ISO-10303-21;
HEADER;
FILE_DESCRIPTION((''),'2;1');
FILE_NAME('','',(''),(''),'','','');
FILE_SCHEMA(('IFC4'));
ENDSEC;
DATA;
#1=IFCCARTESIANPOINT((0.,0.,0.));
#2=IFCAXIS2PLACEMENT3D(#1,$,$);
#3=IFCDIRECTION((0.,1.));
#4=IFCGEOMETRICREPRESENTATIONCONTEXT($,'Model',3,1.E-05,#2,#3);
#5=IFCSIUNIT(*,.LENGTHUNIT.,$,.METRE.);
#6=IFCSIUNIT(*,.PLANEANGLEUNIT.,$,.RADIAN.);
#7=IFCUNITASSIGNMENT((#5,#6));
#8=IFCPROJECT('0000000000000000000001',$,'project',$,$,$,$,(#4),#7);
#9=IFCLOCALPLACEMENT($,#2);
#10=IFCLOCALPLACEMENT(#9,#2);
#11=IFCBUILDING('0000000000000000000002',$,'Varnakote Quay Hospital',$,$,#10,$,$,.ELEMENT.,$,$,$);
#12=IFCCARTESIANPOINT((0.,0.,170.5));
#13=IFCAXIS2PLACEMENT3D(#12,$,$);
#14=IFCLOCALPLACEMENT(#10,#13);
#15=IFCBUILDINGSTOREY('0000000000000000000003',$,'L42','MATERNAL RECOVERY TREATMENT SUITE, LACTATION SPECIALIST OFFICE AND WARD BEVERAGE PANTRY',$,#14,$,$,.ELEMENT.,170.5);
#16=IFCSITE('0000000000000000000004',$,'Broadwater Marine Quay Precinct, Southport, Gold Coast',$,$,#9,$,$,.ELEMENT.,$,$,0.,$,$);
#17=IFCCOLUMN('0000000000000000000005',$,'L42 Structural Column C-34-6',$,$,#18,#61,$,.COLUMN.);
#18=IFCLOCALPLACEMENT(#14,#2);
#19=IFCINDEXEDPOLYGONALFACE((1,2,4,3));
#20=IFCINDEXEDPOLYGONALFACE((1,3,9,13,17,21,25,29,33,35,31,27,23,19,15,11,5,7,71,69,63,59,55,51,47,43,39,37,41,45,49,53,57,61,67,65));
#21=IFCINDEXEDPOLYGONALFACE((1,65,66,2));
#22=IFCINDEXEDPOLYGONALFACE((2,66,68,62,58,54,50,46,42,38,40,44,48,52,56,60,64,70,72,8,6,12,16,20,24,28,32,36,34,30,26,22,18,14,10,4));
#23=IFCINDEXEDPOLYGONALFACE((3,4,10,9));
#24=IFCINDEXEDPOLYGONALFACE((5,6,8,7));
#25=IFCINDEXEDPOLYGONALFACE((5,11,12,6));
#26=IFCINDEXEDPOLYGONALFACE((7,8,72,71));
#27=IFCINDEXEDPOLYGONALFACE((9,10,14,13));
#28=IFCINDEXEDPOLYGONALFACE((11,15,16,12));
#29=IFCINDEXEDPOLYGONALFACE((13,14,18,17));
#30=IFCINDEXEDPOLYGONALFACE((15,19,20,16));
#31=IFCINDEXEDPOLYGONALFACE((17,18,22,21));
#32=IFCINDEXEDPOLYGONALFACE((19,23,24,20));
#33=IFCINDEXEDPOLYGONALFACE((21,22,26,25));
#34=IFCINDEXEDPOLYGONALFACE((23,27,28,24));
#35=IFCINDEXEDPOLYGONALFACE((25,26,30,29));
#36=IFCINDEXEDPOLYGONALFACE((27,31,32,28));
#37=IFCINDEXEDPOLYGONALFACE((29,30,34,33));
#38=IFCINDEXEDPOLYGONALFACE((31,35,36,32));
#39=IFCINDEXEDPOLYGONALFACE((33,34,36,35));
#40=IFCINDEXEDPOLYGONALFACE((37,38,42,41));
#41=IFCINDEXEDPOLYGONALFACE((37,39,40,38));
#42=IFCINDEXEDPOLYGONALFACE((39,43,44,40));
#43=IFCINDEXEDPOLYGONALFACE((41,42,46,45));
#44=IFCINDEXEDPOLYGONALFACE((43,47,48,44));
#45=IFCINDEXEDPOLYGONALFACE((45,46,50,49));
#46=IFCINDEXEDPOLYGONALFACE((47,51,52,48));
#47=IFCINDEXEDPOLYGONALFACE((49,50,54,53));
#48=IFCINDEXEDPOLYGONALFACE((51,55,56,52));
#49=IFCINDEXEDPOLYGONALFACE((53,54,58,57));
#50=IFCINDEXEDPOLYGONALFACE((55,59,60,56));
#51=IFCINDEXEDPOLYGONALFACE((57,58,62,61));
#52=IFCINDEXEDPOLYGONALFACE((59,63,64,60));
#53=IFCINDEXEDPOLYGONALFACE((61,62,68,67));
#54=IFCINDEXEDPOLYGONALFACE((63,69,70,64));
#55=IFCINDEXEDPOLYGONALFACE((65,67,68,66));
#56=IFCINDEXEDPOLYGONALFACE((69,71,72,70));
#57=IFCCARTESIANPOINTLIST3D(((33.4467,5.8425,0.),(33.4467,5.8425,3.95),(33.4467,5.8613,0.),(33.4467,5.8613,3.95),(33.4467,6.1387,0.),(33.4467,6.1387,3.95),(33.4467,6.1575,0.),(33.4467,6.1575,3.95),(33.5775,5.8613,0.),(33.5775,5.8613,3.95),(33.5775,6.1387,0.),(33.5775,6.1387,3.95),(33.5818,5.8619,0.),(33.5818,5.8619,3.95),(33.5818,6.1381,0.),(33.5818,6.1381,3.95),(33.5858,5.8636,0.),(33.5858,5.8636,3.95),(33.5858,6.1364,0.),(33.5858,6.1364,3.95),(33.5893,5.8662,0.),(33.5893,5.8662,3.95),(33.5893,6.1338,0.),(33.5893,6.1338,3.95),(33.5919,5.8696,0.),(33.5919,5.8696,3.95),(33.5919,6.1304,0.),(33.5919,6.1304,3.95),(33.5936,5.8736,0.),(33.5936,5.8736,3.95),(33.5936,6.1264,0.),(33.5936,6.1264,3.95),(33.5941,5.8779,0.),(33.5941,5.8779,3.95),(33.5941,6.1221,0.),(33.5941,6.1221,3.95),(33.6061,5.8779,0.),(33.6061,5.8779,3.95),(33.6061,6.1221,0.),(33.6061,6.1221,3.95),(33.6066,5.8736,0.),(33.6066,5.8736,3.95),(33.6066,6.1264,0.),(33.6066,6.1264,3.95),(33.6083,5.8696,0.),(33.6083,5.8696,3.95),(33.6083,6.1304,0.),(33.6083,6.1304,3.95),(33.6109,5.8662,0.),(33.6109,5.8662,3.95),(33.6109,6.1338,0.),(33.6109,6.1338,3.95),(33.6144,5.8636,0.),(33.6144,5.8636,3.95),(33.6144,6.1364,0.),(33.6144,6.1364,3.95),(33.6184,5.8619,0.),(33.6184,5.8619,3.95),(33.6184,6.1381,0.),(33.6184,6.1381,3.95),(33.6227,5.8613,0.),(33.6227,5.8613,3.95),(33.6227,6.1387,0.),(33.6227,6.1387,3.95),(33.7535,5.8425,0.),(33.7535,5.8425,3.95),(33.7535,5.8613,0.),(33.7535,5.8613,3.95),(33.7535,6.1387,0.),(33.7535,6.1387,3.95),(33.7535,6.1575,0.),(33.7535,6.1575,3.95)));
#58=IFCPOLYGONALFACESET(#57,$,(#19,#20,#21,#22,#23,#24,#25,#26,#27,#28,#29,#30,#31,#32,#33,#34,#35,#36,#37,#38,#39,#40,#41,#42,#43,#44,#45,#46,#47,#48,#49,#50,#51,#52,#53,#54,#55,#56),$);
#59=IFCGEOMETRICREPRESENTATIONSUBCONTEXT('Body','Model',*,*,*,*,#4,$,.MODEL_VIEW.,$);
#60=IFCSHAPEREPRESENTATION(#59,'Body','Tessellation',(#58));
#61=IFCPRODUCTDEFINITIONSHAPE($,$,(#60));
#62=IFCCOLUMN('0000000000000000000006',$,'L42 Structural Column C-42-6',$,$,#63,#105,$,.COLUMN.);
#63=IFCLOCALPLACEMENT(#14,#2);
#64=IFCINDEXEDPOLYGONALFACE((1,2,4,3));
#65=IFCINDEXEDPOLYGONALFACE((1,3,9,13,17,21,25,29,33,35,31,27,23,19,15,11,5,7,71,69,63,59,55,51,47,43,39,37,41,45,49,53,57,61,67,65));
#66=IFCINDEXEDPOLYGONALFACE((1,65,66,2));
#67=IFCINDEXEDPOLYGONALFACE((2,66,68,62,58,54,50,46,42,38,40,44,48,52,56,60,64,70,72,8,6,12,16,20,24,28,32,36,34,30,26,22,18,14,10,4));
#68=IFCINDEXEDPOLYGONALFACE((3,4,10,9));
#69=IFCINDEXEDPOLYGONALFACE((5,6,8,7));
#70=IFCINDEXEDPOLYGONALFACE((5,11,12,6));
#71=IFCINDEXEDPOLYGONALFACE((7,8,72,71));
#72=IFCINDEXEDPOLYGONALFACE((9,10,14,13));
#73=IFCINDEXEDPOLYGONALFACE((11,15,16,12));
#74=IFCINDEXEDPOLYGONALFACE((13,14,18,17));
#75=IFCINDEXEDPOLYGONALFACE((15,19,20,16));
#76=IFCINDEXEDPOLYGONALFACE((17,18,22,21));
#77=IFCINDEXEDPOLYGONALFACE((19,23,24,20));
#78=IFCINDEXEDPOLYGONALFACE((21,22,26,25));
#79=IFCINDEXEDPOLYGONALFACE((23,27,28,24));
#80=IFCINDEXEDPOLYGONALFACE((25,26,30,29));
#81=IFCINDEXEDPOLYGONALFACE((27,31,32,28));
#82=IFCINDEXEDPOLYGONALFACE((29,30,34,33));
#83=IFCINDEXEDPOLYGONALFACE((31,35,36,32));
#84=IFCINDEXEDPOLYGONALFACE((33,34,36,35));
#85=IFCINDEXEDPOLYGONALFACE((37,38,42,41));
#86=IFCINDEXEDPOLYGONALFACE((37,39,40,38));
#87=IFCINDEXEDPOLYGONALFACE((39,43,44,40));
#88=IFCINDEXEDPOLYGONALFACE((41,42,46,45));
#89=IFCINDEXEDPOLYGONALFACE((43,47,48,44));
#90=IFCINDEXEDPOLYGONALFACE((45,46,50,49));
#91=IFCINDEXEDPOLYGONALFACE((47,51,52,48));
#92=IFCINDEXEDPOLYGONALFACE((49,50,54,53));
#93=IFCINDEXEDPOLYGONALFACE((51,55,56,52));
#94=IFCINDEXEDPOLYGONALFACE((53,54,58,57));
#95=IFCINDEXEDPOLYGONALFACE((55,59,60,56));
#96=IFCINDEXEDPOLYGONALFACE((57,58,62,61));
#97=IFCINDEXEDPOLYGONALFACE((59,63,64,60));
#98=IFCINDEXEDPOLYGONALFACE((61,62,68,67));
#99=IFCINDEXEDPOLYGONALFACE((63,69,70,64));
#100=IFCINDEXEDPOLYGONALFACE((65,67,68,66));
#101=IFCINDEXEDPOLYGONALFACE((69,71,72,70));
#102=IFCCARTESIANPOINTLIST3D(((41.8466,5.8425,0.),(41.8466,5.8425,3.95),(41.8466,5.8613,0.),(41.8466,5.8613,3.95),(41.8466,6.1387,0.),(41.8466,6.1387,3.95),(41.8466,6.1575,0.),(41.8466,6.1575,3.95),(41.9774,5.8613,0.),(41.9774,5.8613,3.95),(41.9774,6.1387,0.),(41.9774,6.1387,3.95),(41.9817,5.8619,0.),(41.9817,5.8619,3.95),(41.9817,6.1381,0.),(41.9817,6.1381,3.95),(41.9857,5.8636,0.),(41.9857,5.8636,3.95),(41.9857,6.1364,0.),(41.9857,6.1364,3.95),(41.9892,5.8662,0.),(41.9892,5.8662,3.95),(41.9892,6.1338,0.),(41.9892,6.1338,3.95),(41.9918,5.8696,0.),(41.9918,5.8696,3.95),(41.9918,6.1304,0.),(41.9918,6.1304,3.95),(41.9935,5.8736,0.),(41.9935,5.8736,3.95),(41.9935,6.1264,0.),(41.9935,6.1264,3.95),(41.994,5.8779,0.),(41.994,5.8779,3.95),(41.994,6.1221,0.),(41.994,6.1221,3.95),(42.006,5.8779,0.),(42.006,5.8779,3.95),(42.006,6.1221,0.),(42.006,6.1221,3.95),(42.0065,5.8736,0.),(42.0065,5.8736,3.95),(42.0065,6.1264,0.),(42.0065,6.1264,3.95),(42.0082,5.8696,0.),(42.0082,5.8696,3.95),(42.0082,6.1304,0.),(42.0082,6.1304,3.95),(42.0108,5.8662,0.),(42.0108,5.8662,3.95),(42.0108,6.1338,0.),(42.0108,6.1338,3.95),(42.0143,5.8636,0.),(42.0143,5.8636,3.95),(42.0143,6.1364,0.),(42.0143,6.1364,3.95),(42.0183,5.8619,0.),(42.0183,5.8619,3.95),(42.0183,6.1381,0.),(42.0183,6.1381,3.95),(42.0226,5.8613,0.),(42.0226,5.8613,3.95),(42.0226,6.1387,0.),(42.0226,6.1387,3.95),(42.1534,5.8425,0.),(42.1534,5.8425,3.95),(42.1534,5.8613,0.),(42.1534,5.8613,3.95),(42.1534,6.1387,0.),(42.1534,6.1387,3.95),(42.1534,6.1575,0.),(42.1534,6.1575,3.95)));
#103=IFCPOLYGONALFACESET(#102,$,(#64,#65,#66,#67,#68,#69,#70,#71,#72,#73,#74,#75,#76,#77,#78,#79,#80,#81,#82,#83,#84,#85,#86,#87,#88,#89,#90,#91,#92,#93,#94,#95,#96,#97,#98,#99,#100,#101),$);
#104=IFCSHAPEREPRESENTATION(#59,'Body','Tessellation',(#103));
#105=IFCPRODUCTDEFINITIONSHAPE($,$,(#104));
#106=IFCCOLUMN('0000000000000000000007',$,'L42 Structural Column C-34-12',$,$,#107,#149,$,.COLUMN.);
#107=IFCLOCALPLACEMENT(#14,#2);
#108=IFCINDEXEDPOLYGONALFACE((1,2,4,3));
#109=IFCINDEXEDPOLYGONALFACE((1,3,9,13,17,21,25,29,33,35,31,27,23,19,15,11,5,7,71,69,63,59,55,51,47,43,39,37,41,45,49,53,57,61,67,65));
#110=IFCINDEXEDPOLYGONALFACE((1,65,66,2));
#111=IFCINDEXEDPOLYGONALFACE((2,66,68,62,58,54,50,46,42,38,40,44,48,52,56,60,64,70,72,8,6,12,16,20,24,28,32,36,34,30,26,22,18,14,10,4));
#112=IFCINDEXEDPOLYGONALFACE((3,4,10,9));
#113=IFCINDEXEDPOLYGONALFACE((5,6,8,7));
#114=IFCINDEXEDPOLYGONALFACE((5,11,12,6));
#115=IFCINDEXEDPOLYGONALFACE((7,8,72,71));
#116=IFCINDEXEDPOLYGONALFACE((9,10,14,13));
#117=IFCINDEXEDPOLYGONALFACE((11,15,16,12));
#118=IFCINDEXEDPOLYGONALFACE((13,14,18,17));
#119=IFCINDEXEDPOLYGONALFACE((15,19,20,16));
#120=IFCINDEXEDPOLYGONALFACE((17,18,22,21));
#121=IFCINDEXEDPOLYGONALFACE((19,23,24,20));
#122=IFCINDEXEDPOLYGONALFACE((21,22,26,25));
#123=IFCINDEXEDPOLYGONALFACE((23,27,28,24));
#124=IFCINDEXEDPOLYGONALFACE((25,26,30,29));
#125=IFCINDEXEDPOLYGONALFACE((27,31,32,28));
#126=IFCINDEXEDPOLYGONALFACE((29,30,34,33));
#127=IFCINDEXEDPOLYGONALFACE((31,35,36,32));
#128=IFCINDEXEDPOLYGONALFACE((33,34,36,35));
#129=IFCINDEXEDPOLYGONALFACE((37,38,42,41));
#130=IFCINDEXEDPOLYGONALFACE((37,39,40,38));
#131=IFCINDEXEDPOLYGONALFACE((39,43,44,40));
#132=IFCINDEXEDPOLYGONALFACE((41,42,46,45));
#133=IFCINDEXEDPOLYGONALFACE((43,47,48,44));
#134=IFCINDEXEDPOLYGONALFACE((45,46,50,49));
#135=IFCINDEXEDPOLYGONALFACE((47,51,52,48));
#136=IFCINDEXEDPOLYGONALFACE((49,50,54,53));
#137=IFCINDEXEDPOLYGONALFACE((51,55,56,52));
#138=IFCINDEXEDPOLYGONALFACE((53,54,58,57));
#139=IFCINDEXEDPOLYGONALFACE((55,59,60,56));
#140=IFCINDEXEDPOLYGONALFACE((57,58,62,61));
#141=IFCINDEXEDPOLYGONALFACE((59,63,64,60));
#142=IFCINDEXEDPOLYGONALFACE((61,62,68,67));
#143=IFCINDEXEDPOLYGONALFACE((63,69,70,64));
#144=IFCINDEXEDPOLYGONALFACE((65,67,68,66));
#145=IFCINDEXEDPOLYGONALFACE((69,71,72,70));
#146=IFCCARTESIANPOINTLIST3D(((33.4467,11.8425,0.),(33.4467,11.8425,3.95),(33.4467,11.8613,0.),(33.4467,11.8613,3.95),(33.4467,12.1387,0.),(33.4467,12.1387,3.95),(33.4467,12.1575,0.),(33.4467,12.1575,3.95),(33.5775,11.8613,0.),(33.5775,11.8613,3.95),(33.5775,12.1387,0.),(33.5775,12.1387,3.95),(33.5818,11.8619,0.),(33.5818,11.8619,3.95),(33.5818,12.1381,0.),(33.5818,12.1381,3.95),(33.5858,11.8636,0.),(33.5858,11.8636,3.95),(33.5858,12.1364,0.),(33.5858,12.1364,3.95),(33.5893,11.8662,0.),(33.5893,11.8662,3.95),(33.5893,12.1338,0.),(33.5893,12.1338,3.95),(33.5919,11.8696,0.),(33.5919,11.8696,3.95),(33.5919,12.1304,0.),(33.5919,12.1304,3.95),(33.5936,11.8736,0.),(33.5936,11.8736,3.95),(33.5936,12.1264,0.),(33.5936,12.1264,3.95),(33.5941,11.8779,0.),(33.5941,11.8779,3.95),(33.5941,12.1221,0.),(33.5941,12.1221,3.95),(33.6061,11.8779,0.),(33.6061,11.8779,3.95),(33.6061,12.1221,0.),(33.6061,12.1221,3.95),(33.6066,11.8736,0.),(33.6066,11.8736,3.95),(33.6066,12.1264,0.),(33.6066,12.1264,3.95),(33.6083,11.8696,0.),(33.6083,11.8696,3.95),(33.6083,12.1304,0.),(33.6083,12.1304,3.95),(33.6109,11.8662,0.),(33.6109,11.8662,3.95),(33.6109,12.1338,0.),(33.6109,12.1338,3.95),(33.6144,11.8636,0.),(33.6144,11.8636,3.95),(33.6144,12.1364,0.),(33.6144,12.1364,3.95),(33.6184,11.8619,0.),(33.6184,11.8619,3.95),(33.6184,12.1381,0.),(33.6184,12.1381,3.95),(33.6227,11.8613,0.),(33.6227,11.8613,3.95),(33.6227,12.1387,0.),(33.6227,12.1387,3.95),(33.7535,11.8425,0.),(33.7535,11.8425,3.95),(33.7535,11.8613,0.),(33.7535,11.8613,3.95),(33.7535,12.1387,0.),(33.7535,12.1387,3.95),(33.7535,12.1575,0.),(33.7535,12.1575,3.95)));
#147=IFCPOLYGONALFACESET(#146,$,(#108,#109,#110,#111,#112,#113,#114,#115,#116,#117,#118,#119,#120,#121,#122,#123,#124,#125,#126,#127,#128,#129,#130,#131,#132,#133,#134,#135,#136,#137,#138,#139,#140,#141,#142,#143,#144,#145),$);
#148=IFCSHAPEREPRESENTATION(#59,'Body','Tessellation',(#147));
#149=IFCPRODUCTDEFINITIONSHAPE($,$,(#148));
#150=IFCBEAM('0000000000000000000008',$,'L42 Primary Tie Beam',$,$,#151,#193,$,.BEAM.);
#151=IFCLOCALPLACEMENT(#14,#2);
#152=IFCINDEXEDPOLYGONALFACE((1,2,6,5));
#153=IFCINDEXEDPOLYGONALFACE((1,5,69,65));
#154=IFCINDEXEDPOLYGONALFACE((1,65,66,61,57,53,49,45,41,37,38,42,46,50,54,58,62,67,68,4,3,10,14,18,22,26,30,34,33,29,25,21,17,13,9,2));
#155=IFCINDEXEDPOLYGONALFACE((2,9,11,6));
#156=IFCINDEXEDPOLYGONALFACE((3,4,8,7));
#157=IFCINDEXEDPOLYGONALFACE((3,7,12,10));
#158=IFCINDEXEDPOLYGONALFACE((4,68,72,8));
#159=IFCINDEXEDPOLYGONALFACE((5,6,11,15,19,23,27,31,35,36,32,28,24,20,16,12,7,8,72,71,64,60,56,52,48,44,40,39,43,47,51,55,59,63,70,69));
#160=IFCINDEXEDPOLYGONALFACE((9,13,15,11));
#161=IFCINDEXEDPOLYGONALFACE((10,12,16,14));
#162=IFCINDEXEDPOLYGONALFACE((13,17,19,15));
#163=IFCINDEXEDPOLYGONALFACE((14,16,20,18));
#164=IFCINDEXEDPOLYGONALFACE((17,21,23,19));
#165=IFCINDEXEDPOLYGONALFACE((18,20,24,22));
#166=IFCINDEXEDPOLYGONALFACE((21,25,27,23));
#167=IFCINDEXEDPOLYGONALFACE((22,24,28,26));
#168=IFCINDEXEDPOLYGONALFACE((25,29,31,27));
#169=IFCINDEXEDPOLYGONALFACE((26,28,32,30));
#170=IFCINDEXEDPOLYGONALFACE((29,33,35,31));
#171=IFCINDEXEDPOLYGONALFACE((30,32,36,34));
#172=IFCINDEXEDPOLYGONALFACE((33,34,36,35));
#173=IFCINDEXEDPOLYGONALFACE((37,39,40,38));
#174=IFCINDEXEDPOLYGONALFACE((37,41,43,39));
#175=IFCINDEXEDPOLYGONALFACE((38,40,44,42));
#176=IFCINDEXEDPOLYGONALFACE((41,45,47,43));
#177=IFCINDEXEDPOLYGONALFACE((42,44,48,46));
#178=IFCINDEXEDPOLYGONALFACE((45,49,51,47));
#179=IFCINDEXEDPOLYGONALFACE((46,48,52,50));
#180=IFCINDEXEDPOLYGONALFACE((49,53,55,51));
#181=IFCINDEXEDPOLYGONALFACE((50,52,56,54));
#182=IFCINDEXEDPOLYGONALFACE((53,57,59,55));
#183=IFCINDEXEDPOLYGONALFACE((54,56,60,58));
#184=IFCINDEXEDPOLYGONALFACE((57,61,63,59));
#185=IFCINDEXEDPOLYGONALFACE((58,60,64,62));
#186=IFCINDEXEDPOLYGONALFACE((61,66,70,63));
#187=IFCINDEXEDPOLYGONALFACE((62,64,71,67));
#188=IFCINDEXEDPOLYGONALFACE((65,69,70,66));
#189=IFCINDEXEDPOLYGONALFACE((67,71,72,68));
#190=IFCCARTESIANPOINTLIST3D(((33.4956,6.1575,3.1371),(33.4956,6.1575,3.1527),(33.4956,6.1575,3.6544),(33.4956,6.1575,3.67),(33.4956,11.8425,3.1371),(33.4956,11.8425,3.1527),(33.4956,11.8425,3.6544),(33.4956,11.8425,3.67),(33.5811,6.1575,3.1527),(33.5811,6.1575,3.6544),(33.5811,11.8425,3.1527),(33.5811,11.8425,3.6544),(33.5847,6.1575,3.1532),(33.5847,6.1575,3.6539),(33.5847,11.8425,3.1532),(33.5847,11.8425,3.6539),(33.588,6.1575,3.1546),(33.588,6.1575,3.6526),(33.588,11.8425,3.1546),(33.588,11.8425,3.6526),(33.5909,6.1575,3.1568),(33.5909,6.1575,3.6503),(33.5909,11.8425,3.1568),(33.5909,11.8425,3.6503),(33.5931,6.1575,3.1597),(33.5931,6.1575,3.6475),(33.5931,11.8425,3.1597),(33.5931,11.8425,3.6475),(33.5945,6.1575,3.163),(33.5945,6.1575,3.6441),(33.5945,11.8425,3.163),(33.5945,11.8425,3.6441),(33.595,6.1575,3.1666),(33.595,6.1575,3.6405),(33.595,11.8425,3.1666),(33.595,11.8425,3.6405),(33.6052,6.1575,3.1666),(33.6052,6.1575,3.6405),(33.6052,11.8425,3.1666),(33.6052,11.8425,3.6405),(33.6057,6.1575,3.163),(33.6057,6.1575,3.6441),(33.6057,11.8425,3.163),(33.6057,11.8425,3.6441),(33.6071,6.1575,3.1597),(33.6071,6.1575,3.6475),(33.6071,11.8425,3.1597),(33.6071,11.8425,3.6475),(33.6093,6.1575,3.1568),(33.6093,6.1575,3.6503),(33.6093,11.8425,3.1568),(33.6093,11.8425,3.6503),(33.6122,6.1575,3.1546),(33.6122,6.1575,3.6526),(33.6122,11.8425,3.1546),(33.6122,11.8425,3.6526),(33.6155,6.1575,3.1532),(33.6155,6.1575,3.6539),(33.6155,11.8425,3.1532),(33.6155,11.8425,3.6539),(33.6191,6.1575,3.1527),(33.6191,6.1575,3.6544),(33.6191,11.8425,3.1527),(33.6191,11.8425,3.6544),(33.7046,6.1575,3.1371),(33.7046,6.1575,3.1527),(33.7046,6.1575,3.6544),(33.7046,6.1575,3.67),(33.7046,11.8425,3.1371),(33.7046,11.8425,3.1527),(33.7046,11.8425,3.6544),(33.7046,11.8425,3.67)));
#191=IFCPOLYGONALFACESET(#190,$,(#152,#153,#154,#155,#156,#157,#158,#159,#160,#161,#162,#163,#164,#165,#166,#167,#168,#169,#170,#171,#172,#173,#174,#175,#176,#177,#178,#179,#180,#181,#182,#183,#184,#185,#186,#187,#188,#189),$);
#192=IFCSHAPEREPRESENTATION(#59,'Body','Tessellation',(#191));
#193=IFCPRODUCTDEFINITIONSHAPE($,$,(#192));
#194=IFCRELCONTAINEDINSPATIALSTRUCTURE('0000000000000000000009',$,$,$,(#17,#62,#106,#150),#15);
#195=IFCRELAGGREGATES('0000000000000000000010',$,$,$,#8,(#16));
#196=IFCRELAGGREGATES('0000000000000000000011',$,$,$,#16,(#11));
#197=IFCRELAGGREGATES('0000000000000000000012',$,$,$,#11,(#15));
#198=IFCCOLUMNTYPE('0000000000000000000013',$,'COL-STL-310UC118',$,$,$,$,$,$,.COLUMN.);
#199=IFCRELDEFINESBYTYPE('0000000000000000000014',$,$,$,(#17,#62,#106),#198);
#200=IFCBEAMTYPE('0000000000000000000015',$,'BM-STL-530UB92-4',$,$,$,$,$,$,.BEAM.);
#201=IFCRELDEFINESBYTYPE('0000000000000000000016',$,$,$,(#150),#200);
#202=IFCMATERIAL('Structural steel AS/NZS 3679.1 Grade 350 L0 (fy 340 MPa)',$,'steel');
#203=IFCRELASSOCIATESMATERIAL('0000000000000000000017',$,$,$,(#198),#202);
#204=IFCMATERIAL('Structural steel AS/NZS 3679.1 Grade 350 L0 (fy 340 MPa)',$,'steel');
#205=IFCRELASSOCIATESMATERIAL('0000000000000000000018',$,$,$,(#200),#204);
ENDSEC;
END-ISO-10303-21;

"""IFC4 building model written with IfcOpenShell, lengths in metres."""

from ifc_helpers import new_model, si_unit, direction, frame, origin, origin_2d, place, context, subcontext, project, spatial, i_section, extrude, material, material_profile, profile_set, type_object, element, save


model = new_model("IFC4")

# Units and contexts
model_context = context("Model", 3, precision=1e-05, world=origin(), true_north=direction((0.0, 1.0)))
body_context = subcontext(model_context, "Body", "Model", "MODEL_VIEW")
ifc_project = project(units=[si_unit("LENGTHUNIT", "METRE"), si_unit("PLANEANGLEUNIT", "RADIAN")], contexts=[model_context])

# Site, building, storey
site_placement = place(None, origin())
site = spatial("IfcSite", under=ifc_project, at=site_placement, Name="Broadwater Marine Quay Precinct, Southport, Gold Coast", CompositionType="ELEMENT", RefElevation=0.0)
building_placement = place(site_placement, origin())
building = spatial("IfcBuilding", under=site, at=building_placement, Name="Varnakote Quay Hospital", CompositionType="ELEMENT")
storey_placement = place(building_placement, frame((0.0, 0.0, 170.5)))
storey = spatial("IfcBuildingStorey", under=building, at=storey_placement, Name="L42", Description="MATERNAL RECOVERY TREATMENT SUITE, LACTATION SPECIALIST OFFICE AND WARD BEVERAGE PANTRY", CompositionType="ELEMENT", Elevation=170.5)

# Columns
ifc_material_1 = material(Name="Structural steel AS/NZS 3679.1 Grade 350 L0 (fy 340 MPa)", Category="steel")
ifc_material_profile_1 = material_profile(ifc_material_1, i_section(OverallWidth=0.3069, OverallDepth=0.3149, WebThickness=0.012, FlangeThickness=0.0188, FilletRadius=0.0166, at=origin_2d()), Name="310UC118")
ifc_profile_set_1 = profile_set([ifc_material_profile_1], Name="Structural steel AS/NZS 3679.1 Grade 350 L0 (fy 340 MPa)")
column_type = type_object("IfcColumnType", Name="COL-STL-310UC118", PredefinedType="COLUMN", material=ifc_profile_set_1)
for number, where, z_axis, x_axis, name in (
    (1, (33.6001, 6.0, 0.0), (0.0, 0.0, 1.0), (1.0, 0.0, 0.0), "L42 Structural Column C-34-6"),
    (2, (42.0, 6.0, 0.0), (0.0, 0.0, 1.0), (1.0, 0.0, 0.0), "L42 Structural Column C-42-6"),
    (3, (33.6001, 12.0, 0.0), (0.0, 0.0, 1.0), (1.0, 0.0, 0.0), "L42 Structural Column C-34-12"),
):
    element("IfcColumn", number, at=place(storey_placement, frame(where, z_axis=z_axis, x_axis=x_axis)), inside=storey, type_object=column_type, Name=name, PredefinedType="COLUMN", context=body_context, shape_type="SweptSolid", body=[
        extrude(i_section(OverallWidth=0.3069, OverallDepth=0.3149, WebThickness=0.012, FlangeThickness=0.0188, FilletRadius=0.0166, at=origin_2d()), origin(), (0.0, 0.0, 1.0), 3.95),
    ])

# Beam
ifc_material_2 = material(Name="Structural steel AS/NZS 3679.1 Grade 350 L0 (fy 340 MPa)", Category="steel")
ifc_material_profile_2 = material_profile(ifc_material_2, i_section(OverallWidth=0.209, OverallDepth=0.533, WebThickness=0.0103, FlangeThickness=0.0156, FilletRadius=0.0139, at=origin_2d()), Name="530UB92.4")
ifc_profile_set_2 = profile_set([ifc_material_profile_2], Name="Structural steel AS/NZS 3679.1 Grade 350 L0 (fy 340 MPa)")
beam_type_1 = type_object("IfcBeamType", Name="BM-STL-530UB92-4", PredefinedType="BEAM", material=ifc_profile_set_2)
beam_1_placement = place(storey_placement, frame((33.6001, 6.1575, 3.4036), z_axis=(0.0, 1.0, 0.0), x_axis=(-1.0, 0.0, 0.0)))
element("IfcBeam", 4, at=beam_1_placement, inside=storey, type_object=beam_type_1, Name="L42 Primary Tie Beam", PredefinedType="BEAM", context=body_context, shape_type="SweptSolid", body=[
    extrude(i_section(OverallWidth=0.209, OverallDepth=0.533, WebThickness=0.0103, FlangeThickness=0.0156, FilletRadius=0.0139, at=origin_2d()), origin(), (0.0, 0.0, 1.0), 5.6851),
])

save(model, "model.ifc")
